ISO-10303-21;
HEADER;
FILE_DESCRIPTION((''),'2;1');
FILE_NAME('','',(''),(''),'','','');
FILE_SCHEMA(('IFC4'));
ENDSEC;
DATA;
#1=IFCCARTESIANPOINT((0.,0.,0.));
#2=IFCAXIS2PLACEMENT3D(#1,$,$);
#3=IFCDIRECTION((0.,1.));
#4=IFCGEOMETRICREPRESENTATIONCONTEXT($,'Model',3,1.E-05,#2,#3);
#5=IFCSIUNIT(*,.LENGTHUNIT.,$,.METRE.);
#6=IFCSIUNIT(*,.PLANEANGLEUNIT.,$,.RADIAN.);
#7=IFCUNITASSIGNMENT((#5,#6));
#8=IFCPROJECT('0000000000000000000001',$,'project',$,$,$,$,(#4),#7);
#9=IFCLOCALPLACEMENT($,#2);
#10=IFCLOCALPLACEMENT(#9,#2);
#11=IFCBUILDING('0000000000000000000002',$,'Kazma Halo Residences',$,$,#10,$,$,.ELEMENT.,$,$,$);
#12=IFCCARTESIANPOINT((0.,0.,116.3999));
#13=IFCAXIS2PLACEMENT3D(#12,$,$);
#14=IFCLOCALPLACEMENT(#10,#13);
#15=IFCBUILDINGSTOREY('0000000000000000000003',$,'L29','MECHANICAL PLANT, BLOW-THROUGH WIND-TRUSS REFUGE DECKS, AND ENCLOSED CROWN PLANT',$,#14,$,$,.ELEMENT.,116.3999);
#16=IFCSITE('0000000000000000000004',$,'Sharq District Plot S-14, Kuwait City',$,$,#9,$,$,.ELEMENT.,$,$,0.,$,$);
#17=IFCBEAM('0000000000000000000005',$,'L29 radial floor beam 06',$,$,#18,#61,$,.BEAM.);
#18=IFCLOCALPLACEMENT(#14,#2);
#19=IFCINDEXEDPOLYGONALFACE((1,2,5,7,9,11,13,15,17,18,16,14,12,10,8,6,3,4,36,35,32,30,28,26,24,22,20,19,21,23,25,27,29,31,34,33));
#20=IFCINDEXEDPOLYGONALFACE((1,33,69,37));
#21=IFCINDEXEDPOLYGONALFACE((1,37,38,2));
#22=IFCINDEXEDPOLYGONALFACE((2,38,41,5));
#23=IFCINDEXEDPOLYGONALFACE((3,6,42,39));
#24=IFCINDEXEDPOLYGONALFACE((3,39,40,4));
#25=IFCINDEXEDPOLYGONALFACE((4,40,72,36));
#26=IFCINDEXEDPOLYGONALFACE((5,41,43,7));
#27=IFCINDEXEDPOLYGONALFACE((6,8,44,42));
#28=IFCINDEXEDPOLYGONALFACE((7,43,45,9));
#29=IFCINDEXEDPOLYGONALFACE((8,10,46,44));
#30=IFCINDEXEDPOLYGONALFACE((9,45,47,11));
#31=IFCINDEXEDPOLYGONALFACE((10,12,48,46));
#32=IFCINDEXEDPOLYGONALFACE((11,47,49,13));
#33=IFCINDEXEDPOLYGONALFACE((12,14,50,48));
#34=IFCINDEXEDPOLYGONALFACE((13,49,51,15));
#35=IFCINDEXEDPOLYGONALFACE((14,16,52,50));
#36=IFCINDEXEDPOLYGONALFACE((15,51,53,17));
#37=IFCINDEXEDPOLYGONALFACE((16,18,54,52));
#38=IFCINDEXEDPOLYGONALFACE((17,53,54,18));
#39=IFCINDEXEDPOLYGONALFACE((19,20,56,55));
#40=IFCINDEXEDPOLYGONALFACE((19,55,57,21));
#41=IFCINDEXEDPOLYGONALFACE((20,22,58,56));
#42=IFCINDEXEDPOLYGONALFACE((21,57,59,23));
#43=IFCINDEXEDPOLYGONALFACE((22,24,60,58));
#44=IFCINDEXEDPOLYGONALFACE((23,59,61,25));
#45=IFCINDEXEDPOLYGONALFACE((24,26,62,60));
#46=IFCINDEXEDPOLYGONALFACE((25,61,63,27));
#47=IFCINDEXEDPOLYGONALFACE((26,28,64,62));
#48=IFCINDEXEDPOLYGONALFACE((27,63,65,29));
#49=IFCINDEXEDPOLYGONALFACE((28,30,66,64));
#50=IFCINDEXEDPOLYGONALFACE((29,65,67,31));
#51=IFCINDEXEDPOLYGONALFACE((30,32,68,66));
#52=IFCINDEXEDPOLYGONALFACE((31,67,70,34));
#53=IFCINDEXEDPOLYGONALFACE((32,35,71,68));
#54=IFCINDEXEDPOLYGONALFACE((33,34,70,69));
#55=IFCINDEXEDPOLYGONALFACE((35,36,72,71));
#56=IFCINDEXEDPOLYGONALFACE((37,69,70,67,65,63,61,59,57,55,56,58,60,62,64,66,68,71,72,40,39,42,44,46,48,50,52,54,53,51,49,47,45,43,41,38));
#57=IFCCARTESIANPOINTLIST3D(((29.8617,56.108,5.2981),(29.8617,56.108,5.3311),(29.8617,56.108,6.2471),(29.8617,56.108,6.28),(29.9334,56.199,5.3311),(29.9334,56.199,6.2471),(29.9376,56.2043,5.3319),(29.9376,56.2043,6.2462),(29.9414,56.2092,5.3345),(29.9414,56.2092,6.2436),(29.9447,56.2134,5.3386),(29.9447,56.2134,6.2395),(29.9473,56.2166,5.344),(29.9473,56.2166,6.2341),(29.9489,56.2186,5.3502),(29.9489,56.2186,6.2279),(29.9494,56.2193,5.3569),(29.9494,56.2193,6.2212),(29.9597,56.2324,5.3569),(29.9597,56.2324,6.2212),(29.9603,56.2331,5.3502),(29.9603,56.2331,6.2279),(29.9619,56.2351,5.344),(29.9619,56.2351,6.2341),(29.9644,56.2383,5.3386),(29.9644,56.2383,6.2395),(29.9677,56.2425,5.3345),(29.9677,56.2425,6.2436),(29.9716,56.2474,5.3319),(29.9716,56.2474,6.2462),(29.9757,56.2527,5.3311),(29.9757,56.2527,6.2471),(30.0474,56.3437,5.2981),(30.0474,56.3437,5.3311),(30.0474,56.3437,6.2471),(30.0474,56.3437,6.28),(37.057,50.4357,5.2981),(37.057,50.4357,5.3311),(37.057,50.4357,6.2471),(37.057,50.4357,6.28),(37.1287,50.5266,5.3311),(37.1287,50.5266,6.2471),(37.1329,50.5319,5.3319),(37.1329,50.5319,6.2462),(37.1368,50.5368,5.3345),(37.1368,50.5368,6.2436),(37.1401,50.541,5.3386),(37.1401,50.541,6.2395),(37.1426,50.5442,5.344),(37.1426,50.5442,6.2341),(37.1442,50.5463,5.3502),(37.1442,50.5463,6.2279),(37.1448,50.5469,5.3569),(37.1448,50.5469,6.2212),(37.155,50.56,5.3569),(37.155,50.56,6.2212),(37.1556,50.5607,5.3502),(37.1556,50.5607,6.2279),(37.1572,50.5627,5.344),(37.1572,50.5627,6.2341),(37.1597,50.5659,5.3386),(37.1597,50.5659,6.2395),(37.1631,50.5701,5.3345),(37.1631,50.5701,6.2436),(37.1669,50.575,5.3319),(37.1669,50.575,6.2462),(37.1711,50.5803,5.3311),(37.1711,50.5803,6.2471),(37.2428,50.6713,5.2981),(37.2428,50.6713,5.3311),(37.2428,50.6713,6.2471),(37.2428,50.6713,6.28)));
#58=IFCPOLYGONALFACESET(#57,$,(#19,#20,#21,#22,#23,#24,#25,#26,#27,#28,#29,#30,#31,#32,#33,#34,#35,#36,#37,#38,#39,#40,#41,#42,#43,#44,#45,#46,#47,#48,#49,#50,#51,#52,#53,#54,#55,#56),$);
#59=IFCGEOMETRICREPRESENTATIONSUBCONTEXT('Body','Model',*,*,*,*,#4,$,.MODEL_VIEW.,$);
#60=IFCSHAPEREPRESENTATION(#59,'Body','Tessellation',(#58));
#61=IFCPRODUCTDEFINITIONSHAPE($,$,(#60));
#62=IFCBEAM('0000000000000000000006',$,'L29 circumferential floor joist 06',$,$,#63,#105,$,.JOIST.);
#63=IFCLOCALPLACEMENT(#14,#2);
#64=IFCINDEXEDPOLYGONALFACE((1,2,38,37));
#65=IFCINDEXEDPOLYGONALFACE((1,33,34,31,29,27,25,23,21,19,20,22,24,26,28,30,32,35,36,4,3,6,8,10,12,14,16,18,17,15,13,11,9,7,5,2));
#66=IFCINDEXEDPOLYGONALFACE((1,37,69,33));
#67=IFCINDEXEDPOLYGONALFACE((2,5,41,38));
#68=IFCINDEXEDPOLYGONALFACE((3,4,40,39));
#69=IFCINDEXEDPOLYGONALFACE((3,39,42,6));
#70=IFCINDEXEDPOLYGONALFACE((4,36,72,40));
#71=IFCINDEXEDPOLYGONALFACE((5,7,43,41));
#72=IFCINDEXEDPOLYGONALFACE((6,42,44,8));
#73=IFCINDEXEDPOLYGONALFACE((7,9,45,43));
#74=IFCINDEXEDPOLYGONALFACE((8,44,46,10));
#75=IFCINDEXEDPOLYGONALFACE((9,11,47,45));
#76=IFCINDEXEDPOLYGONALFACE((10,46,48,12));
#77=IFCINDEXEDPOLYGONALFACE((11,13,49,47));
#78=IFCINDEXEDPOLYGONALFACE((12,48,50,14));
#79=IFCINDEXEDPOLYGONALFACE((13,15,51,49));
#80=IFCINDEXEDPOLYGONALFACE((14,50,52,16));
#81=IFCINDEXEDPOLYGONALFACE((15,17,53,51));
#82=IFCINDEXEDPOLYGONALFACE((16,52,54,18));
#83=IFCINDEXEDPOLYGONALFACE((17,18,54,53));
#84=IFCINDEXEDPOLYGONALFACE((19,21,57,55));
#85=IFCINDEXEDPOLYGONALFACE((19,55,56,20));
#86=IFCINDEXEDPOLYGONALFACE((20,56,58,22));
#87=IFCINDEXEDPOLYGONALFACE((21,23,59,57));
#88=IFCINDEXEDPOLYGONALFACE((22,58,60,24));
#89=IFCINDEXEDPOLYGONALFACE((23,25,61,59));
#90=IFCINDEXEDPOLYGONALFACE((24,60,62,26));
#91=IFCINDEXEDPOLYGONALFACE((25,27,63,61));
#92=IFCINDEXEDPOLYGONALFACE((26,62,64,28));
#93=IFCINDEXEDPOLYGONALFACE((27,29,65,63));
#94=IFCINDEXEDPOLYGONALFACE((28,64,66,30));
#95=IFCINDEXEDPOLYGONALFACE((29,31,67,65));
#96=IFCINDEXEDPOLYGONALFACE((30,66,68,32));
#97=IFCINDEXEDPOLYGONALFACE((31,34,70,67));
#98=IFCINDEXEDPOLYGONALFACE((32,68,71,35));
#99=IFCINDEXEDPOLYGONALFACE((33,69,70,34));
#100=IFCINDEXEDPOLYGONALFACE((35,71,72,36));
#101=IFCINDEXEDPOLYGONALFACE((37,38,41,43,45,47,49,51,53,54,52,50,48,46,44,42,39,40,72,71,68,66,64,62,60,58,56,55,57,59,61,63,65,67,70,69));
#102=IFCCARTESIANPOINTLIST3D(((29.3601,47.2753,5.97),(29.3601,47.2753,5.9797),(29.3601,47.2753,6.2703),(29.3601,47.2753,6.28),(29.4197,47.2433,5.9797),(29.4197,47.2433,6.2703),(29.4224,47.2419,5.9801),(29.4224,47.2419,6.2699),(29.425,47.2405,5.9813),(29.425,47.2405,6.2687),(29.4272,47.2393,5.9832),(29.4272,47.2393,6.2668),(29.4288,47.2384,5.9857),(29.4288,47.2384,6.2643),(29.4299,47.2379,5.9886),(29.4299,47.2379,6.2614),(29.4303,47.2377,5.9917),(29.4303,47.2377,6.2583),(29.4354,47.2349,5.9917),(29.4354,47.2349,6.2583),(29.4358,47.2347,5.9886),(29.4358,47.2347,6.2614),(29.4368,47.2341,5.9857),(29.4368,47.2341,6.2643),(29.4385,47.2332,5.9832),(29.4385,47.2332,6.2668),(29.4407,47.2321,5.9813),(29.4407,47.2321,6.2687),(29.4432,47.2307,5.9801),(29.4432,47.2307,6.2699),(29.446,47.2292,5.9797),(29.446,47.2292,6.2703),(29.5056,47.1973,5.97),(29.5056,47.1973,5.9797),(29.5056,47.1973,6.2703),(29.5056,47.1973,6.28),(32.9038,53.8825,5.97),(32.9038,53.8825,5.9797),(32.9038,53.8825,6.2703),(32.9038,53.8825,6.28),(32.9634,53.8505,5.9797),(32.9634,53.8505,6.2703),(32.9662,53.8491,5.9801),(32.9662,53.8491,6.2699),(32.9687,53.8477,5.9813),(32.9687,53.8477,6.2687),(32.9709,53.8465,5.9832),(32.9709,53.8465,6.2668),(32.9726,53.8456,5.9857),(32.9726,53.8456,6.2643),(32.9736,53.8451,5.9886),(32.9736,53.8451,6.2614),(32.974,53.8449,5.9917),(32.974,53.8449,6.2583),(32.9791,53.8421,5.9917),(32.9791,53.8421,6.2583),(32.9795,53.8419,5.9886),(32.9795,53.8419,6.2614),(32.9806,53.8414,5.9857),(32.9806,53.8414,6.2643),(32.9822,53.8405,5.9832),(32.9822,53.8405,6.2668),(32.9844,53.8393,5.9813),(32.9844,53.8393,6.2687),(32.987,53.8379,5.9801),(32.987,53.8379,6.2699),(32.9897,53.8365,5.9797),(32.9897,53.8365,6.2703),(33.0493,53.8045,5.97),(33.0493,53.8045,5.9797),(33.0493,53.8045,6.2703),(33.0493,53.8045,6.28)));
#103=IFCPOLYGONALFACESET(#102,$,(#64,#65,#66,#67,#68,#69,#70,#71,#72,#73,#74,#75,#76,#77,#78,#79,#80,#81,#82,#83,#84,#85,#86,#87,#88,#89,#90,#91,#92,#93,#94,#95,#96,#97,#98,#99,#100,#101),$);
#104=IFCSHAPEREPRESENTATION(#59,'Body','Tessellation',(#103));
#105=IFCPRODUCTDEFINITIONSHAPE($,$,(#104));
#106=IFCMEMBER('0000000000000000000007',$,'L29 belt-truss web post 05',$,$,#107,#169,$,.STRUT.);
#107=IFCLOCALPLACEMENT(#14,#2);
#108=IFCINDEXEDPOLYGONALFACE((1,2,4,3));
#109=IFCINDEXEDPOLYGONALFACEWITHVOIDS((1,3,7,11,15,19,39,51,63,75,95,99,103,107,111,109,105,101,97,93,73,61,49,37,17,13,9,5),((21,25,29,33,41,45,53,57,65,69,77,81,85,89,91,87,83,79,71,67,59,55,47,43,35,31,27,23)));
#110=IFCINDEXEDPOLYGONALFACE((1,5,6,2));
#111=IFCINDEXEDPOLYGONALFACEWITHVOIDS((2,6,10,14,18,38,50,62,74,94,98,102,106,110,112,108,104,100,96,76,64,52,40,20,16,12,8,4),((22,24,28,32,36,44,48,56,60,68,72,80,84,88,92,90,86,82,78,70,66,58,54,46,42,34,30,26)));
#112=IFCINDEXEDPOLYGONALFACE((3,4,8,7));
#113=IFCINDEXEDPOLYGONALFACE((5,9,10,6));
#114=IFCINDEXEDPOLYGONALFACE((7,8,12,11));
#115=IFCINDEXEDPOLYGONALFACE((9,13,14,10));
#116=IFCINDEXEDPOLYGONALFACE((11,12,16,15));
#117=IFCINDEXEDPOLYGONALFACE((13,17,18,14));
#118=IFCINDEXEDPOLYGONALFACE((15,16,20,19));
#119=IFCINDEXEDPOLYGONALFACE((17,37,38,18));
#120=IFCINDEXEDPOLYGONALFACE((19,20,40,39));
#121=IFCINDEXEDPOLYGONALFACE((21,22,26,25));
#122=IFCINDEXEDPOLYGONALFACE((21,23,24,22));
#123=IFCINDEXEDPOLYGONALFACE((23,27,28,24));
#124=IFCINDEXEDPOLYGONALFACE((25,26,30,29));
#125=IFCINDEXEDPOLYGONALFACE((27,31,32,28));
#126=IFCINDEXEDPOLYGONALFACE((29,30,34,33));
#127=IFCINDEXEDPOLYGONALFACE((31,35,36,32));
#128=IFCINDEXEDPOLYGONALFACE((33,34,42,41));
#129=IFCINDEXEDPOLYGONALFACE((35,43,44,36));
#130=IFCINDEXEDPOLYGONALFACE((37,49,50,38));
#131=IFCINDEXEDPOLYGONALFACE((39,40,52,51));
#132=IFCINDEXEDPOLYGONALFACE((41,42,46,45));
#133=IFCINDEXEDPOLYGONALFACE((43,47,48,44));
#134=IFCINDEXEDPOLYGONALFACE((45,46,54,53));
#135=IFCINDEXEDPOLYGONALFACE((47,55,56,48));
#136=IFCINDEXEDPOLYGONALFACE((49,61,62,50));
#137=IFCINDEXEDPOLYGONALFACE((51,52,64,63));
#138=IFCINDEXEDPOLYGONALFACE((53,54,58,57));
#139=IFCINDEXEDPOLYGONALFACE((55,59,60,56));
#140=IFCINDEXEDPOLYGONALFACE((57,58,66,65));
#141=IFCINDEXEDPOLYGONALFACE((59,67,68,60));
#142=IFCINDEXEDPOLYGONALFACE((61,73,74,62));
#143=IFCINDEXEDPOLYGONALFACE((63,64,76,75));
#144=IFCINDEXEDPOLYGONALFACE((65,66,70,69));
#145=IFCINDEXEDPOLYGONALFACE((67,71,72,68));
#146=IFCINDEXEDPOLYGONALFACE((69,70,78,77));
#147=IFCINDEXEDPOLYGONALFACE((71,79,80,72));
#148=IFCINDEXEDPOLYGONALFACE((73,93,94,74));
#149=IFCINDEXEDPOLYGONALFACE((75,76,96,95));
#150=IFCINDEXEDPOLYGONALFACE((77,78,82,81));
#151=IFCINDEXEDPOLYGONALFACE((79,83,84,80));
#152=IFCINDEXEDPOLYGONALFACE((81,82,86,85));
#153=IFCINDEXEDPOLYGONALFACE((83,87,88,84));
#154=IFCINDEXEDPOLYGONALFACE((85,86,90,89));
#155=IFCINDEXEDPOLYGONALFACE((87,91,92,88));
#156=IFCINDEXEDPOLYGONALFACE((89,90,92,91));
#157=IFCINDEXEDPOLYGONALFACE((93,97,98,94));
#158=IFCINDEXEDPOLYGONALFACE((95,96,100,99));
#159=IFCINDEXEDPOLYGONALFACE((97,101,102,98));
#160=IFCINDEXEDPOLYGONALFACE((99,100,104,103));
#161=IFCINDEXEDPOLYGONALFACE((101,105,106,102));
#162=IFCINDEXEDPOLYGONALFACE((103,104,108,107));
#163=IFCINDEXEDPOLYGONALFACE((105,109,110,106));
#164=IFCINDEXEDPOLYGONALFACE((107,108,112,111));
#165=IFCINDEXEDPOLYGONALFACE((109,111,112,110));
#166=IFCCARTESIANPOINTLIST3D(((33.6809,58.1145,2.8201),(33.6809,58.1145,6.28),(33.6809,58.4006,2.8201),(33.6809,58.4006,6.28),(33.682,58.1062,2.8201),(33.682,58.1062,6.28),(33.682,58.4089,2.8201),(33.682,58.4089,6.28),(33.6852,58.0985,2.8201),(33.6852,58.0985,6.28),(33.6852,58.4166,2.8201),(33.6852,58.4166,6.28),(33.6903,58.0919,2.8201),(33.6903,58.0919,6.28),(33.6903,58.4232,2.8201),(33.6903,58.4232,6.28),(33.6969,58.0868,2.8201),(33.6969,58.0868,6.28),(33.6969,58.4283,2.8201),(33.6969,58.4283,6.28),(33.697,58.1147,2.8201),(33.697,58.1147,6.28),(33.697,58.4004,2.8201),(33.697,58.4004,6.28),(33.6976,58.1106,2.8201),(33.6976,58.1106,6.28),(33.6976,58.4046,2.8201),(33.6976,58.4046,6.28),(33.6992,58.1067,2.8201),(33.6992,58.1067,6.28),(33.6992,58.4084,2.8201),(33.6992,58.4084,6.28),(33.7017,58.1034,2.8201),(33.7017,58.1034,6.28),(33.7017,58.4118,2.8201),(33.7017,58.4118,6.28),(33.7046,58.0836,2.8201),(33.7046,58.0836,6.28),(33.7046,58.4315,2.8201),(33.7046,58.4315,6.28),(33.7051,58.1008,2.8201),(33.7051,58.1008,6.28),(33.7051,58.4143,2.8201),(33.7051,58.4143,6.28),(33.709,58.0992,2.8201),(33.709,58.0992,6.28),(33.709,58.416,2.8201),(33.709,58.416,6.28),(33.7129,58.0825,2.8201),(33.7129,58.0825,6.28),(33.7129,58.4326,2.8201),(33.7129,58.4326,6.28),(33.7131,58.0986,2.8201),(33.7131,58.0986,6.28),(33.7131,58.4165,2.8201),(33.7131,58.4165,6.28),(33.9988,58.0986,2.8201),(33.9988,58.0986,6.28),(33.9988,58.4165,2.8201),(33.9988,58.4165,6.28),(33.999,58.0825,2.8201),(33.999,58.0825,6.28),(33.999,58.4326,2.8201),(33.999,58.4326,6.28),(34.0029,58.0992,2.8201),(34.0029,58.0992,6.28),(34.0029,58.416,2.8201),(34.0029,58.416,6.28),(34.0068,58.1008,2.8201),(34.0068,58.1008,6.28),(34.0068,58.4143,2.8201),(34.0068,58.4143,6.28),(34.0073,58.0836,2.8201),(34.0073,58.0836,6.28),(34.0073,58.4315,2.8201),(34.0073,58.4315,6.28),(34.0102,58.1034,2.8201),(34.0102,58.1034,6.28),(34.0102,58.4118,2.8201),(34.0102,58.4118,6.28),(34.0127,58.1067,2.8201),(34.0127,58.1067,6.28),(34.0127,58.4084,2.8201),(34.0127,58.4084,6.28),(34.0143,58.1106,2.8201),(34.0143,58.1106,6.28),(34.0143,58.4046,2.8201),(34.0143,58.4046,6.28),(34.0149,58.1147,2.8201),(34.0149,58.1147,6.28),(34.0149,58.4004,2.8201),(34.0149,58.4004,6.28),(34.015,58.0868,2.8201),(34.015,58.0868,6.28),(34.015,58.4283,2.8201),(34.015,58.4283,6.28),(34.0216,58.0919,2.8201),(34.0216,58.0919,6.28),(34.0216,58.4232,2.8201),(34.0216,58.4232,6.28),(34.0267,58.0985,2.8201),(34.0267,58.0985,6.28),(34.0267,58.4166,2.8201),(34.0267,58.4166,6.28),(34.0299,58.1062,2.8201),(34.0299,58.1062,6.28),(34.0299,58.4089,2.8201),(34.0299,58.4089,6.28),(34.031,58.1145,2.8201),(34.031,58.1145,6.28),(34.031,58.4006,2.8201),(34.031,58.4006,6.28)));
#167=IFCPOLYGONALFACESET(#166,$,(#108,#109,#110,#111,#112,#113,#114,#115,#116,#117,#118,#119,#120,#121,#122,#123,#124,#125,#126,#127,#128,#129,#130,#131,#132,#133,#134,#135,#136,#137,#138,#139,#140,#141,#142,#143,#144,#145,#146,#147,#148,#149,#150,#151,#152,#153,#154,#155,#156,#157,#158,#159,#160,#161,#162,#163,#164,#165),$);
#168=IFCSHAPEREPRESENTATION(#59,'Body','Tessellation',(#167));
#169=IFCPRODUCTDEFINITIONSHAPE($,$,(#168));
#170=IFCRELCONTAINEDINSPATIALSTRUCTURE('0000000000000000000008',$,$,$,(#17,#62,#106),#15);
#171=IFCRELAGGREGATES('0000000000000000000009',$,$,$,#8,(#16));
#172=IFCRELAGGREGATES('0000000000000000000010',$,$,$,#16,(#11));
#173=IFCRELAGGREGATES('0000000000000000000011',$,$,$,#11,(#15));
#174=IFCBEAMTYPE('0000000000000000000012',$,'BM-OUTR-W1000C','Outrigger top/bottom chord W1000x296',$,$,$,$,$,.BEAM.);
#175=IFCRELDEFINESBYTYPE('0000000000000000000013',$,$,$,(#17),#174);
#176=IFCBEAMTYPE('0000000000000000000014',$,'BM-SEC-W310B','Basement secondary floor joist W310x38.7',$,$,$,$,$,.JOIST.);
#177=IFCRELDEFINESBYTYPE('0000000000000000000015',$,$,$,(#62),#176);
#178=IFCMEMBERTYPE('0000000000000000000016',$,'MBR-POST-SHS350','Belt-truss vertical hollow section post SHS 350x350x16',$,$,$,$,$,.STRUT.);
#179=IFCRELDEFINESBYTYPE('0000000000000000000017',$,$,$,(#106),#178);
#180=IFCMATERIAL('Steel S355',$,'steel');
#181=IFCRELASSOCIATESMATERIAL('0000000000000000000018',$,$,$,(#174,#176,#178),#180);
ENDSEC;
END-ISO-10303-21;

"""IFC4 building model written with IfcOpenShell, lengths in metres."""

from ifc_helpers import new_model, si_unit, direction, frame, origin, origin_2d, place, context, subcontext, project, spatial, hollow_rectangle, i_section, extrude, material, material_profile, profile_set, type_object, element, save


model = new_model("IFC4")

# Units and contexts
model_context = context("Model", 3, precision=1e-05, world=origin(), true_north=direction((0.0, 1.0)))
body_context = subcontext(model_context, "Body", "Model", "MODEL_VIEW")
ifc_project = project(units=[si_unit("LENGTHUNIT", "METRE"), si_unit("PLANEANGLEUNIT", "RADIAN")], contexts=[model_context])

# Site, building, storey
site_placement = place(None, origin())
site = spatial("IfcSite", under=ifc_project, at=site_placement, Name="Sharq District Plot S-14, Kuwait City", CompositionType="ELEMENT", RefElevation=0.0)
building_placement = place(site_placement, origin())
building = spatial("IfcBuilding", under=site, at=building_placement, Name="Kazma Halo Residences", CompositionType="ELEMENT")
storey_placement = place(building_placement, frame((0.0, 0.0, 116.3999)))
storey = spatial("IfcBuildingStorey", under=building, at=storey_placement, Name="L29", Description="MECHANICAL PLANT, BLOW-THROUGH WIND-TRUSS REFUGE DECKS, AND ENCLOSED CROWN PLANT", CompositionType="ELEMENT", Elevation=116.3999)

# Beams
ifc_material_1 = material(Name="Steel S355", Category="steel")
ifc_material_profile_1 = material_profile(ifc_material_1, i_section(OverallWidth=0.3, OverallDepth=0.9819, WebThickness=0.0166, FlangeThickness=0.033, FilletRadius=0.0259, at=origin_2d()), Name="W1000x296")
ifc_profile_set_1 = profile_set([ifc_material_profile_1], Name="Steel S355")
beam_type_1 = type_object("IfcBeamType", Name="BM-OUTR-W1000C", Description="Outrigger top/bottom chord W1000x296", PredefinedType="BEAM", material=ifc_profile_set_1)
beam_1_placement = place(storey_placement, frame((37.1499, 50.5535, 5.7891), z_axis=(-0.785315, 0.619096, 0.0), x_axis=(-0.619096, -0.785315, 0.0)))
element("IfcBeam", 1, at=beam_1_placement, inside=storey, type_object=beam_type_1, Name="L29 radial floor beam 06", PredefinedType="BEAM", context=body_context, shape_type="SweptSolid", body=[
    extrude(i_section(OverallWidth=0.3, OverallDepth=0.9819, WebThickness=0.0166, FlangeThickness=0.033, FilletRadius=0.0259, at=origin_2d()), origin(), (0.0, 0.0, 1.0), 9.1624),
])
ifc_material_profile_2 = material_profile(ifc_material_1, i_section(OverallWidth=0.165, OverallDepth=0.3101, WebThickness=0.0059, FlangeThickness=0.0098, FilletRadius=0.012, at=origin_2d()), Name="W310x38.7")
ifc_profile_set_2 = profile_set([ifc_material_profile_2], Name="Steel S355")
beam_type_2 = type_object("IfcBeamType", Name="BM-SEC-W310B", Description="Basement secondary floor joist W310x38.7", PredefinedType="JOIST", material=ifc_profile_set_2)
beam_2_placement = place(storey_placement, frame((32.9766, 53.8435, 6.125), z_axis=(-0.472651, -0.88125, 0.0), x_axis=(0.88125, -0.472651, 0.0)))
element("IfcBeam", 2, at=beam_2_placement, inside=storey, type_object=beam_type_2, Name="L29 circumferential floor joist 06", PredefinedType="JOIST", context=body_context, shape_type="SweptSolid", body=[
    extrude(i_section(OverallWidth=0.165, OverallDepth=0.3101, WebThickness=0.0059, FlangeThickness=0.0098, FilletRadius=0.012, at=origin_2d()), origin(), (0.0, 0.0, 1.0), 7.4976),
])

# Member
ifc_material_profile_3 = material_profile(ifc_material_1, hollow_rectangle(XDim=0.3501, YDim=0.3501, WallThickness=0.0161, InnerFilletRadius=0.0161, OuterFilletRadius=0.032, at=origin_2d()), Name="SHS350x350x16")
ifc_profile_set_3 = profile_set([ifc_material_profile_3], Name="Steel S355")
member_type_1 = type_object("IfcMemberType", Name="MBR-POST-SHS350", Description="Belt-truss vertical hollow section post SHS 350x350x16", PredefinedType="STRUT", material=ifc_profile_set_3)
for number, where, z_axis, x_axis, name in (
    (3, (33.856, 58.2576, 2.8201), (0.0, 0.0, 1.0), (1.0, 0.0, 0.0), "L29 belt-truss web post 05"),
):
    element("IfcMember", number, at=place(storey_placement, frame(where, z_axis=z_axis, x_axis=x_axis)), inside=storey, type_object=member_type_1, Name=name, PredefinedType="STRUT", context=body_context, shape_type="SweptSolid", body=[
        extrude(hollow_rectangle(XDim=0.3501, YDim=0.3501, WallThickness=0.0161, InnerFilletRadius=0.0161, OuterFilletRadius=0.032, at=origin_2d()), origin(), (0.0, 0.0, 1.0), 3.46),
    ])

save(model, "model.ifc")
